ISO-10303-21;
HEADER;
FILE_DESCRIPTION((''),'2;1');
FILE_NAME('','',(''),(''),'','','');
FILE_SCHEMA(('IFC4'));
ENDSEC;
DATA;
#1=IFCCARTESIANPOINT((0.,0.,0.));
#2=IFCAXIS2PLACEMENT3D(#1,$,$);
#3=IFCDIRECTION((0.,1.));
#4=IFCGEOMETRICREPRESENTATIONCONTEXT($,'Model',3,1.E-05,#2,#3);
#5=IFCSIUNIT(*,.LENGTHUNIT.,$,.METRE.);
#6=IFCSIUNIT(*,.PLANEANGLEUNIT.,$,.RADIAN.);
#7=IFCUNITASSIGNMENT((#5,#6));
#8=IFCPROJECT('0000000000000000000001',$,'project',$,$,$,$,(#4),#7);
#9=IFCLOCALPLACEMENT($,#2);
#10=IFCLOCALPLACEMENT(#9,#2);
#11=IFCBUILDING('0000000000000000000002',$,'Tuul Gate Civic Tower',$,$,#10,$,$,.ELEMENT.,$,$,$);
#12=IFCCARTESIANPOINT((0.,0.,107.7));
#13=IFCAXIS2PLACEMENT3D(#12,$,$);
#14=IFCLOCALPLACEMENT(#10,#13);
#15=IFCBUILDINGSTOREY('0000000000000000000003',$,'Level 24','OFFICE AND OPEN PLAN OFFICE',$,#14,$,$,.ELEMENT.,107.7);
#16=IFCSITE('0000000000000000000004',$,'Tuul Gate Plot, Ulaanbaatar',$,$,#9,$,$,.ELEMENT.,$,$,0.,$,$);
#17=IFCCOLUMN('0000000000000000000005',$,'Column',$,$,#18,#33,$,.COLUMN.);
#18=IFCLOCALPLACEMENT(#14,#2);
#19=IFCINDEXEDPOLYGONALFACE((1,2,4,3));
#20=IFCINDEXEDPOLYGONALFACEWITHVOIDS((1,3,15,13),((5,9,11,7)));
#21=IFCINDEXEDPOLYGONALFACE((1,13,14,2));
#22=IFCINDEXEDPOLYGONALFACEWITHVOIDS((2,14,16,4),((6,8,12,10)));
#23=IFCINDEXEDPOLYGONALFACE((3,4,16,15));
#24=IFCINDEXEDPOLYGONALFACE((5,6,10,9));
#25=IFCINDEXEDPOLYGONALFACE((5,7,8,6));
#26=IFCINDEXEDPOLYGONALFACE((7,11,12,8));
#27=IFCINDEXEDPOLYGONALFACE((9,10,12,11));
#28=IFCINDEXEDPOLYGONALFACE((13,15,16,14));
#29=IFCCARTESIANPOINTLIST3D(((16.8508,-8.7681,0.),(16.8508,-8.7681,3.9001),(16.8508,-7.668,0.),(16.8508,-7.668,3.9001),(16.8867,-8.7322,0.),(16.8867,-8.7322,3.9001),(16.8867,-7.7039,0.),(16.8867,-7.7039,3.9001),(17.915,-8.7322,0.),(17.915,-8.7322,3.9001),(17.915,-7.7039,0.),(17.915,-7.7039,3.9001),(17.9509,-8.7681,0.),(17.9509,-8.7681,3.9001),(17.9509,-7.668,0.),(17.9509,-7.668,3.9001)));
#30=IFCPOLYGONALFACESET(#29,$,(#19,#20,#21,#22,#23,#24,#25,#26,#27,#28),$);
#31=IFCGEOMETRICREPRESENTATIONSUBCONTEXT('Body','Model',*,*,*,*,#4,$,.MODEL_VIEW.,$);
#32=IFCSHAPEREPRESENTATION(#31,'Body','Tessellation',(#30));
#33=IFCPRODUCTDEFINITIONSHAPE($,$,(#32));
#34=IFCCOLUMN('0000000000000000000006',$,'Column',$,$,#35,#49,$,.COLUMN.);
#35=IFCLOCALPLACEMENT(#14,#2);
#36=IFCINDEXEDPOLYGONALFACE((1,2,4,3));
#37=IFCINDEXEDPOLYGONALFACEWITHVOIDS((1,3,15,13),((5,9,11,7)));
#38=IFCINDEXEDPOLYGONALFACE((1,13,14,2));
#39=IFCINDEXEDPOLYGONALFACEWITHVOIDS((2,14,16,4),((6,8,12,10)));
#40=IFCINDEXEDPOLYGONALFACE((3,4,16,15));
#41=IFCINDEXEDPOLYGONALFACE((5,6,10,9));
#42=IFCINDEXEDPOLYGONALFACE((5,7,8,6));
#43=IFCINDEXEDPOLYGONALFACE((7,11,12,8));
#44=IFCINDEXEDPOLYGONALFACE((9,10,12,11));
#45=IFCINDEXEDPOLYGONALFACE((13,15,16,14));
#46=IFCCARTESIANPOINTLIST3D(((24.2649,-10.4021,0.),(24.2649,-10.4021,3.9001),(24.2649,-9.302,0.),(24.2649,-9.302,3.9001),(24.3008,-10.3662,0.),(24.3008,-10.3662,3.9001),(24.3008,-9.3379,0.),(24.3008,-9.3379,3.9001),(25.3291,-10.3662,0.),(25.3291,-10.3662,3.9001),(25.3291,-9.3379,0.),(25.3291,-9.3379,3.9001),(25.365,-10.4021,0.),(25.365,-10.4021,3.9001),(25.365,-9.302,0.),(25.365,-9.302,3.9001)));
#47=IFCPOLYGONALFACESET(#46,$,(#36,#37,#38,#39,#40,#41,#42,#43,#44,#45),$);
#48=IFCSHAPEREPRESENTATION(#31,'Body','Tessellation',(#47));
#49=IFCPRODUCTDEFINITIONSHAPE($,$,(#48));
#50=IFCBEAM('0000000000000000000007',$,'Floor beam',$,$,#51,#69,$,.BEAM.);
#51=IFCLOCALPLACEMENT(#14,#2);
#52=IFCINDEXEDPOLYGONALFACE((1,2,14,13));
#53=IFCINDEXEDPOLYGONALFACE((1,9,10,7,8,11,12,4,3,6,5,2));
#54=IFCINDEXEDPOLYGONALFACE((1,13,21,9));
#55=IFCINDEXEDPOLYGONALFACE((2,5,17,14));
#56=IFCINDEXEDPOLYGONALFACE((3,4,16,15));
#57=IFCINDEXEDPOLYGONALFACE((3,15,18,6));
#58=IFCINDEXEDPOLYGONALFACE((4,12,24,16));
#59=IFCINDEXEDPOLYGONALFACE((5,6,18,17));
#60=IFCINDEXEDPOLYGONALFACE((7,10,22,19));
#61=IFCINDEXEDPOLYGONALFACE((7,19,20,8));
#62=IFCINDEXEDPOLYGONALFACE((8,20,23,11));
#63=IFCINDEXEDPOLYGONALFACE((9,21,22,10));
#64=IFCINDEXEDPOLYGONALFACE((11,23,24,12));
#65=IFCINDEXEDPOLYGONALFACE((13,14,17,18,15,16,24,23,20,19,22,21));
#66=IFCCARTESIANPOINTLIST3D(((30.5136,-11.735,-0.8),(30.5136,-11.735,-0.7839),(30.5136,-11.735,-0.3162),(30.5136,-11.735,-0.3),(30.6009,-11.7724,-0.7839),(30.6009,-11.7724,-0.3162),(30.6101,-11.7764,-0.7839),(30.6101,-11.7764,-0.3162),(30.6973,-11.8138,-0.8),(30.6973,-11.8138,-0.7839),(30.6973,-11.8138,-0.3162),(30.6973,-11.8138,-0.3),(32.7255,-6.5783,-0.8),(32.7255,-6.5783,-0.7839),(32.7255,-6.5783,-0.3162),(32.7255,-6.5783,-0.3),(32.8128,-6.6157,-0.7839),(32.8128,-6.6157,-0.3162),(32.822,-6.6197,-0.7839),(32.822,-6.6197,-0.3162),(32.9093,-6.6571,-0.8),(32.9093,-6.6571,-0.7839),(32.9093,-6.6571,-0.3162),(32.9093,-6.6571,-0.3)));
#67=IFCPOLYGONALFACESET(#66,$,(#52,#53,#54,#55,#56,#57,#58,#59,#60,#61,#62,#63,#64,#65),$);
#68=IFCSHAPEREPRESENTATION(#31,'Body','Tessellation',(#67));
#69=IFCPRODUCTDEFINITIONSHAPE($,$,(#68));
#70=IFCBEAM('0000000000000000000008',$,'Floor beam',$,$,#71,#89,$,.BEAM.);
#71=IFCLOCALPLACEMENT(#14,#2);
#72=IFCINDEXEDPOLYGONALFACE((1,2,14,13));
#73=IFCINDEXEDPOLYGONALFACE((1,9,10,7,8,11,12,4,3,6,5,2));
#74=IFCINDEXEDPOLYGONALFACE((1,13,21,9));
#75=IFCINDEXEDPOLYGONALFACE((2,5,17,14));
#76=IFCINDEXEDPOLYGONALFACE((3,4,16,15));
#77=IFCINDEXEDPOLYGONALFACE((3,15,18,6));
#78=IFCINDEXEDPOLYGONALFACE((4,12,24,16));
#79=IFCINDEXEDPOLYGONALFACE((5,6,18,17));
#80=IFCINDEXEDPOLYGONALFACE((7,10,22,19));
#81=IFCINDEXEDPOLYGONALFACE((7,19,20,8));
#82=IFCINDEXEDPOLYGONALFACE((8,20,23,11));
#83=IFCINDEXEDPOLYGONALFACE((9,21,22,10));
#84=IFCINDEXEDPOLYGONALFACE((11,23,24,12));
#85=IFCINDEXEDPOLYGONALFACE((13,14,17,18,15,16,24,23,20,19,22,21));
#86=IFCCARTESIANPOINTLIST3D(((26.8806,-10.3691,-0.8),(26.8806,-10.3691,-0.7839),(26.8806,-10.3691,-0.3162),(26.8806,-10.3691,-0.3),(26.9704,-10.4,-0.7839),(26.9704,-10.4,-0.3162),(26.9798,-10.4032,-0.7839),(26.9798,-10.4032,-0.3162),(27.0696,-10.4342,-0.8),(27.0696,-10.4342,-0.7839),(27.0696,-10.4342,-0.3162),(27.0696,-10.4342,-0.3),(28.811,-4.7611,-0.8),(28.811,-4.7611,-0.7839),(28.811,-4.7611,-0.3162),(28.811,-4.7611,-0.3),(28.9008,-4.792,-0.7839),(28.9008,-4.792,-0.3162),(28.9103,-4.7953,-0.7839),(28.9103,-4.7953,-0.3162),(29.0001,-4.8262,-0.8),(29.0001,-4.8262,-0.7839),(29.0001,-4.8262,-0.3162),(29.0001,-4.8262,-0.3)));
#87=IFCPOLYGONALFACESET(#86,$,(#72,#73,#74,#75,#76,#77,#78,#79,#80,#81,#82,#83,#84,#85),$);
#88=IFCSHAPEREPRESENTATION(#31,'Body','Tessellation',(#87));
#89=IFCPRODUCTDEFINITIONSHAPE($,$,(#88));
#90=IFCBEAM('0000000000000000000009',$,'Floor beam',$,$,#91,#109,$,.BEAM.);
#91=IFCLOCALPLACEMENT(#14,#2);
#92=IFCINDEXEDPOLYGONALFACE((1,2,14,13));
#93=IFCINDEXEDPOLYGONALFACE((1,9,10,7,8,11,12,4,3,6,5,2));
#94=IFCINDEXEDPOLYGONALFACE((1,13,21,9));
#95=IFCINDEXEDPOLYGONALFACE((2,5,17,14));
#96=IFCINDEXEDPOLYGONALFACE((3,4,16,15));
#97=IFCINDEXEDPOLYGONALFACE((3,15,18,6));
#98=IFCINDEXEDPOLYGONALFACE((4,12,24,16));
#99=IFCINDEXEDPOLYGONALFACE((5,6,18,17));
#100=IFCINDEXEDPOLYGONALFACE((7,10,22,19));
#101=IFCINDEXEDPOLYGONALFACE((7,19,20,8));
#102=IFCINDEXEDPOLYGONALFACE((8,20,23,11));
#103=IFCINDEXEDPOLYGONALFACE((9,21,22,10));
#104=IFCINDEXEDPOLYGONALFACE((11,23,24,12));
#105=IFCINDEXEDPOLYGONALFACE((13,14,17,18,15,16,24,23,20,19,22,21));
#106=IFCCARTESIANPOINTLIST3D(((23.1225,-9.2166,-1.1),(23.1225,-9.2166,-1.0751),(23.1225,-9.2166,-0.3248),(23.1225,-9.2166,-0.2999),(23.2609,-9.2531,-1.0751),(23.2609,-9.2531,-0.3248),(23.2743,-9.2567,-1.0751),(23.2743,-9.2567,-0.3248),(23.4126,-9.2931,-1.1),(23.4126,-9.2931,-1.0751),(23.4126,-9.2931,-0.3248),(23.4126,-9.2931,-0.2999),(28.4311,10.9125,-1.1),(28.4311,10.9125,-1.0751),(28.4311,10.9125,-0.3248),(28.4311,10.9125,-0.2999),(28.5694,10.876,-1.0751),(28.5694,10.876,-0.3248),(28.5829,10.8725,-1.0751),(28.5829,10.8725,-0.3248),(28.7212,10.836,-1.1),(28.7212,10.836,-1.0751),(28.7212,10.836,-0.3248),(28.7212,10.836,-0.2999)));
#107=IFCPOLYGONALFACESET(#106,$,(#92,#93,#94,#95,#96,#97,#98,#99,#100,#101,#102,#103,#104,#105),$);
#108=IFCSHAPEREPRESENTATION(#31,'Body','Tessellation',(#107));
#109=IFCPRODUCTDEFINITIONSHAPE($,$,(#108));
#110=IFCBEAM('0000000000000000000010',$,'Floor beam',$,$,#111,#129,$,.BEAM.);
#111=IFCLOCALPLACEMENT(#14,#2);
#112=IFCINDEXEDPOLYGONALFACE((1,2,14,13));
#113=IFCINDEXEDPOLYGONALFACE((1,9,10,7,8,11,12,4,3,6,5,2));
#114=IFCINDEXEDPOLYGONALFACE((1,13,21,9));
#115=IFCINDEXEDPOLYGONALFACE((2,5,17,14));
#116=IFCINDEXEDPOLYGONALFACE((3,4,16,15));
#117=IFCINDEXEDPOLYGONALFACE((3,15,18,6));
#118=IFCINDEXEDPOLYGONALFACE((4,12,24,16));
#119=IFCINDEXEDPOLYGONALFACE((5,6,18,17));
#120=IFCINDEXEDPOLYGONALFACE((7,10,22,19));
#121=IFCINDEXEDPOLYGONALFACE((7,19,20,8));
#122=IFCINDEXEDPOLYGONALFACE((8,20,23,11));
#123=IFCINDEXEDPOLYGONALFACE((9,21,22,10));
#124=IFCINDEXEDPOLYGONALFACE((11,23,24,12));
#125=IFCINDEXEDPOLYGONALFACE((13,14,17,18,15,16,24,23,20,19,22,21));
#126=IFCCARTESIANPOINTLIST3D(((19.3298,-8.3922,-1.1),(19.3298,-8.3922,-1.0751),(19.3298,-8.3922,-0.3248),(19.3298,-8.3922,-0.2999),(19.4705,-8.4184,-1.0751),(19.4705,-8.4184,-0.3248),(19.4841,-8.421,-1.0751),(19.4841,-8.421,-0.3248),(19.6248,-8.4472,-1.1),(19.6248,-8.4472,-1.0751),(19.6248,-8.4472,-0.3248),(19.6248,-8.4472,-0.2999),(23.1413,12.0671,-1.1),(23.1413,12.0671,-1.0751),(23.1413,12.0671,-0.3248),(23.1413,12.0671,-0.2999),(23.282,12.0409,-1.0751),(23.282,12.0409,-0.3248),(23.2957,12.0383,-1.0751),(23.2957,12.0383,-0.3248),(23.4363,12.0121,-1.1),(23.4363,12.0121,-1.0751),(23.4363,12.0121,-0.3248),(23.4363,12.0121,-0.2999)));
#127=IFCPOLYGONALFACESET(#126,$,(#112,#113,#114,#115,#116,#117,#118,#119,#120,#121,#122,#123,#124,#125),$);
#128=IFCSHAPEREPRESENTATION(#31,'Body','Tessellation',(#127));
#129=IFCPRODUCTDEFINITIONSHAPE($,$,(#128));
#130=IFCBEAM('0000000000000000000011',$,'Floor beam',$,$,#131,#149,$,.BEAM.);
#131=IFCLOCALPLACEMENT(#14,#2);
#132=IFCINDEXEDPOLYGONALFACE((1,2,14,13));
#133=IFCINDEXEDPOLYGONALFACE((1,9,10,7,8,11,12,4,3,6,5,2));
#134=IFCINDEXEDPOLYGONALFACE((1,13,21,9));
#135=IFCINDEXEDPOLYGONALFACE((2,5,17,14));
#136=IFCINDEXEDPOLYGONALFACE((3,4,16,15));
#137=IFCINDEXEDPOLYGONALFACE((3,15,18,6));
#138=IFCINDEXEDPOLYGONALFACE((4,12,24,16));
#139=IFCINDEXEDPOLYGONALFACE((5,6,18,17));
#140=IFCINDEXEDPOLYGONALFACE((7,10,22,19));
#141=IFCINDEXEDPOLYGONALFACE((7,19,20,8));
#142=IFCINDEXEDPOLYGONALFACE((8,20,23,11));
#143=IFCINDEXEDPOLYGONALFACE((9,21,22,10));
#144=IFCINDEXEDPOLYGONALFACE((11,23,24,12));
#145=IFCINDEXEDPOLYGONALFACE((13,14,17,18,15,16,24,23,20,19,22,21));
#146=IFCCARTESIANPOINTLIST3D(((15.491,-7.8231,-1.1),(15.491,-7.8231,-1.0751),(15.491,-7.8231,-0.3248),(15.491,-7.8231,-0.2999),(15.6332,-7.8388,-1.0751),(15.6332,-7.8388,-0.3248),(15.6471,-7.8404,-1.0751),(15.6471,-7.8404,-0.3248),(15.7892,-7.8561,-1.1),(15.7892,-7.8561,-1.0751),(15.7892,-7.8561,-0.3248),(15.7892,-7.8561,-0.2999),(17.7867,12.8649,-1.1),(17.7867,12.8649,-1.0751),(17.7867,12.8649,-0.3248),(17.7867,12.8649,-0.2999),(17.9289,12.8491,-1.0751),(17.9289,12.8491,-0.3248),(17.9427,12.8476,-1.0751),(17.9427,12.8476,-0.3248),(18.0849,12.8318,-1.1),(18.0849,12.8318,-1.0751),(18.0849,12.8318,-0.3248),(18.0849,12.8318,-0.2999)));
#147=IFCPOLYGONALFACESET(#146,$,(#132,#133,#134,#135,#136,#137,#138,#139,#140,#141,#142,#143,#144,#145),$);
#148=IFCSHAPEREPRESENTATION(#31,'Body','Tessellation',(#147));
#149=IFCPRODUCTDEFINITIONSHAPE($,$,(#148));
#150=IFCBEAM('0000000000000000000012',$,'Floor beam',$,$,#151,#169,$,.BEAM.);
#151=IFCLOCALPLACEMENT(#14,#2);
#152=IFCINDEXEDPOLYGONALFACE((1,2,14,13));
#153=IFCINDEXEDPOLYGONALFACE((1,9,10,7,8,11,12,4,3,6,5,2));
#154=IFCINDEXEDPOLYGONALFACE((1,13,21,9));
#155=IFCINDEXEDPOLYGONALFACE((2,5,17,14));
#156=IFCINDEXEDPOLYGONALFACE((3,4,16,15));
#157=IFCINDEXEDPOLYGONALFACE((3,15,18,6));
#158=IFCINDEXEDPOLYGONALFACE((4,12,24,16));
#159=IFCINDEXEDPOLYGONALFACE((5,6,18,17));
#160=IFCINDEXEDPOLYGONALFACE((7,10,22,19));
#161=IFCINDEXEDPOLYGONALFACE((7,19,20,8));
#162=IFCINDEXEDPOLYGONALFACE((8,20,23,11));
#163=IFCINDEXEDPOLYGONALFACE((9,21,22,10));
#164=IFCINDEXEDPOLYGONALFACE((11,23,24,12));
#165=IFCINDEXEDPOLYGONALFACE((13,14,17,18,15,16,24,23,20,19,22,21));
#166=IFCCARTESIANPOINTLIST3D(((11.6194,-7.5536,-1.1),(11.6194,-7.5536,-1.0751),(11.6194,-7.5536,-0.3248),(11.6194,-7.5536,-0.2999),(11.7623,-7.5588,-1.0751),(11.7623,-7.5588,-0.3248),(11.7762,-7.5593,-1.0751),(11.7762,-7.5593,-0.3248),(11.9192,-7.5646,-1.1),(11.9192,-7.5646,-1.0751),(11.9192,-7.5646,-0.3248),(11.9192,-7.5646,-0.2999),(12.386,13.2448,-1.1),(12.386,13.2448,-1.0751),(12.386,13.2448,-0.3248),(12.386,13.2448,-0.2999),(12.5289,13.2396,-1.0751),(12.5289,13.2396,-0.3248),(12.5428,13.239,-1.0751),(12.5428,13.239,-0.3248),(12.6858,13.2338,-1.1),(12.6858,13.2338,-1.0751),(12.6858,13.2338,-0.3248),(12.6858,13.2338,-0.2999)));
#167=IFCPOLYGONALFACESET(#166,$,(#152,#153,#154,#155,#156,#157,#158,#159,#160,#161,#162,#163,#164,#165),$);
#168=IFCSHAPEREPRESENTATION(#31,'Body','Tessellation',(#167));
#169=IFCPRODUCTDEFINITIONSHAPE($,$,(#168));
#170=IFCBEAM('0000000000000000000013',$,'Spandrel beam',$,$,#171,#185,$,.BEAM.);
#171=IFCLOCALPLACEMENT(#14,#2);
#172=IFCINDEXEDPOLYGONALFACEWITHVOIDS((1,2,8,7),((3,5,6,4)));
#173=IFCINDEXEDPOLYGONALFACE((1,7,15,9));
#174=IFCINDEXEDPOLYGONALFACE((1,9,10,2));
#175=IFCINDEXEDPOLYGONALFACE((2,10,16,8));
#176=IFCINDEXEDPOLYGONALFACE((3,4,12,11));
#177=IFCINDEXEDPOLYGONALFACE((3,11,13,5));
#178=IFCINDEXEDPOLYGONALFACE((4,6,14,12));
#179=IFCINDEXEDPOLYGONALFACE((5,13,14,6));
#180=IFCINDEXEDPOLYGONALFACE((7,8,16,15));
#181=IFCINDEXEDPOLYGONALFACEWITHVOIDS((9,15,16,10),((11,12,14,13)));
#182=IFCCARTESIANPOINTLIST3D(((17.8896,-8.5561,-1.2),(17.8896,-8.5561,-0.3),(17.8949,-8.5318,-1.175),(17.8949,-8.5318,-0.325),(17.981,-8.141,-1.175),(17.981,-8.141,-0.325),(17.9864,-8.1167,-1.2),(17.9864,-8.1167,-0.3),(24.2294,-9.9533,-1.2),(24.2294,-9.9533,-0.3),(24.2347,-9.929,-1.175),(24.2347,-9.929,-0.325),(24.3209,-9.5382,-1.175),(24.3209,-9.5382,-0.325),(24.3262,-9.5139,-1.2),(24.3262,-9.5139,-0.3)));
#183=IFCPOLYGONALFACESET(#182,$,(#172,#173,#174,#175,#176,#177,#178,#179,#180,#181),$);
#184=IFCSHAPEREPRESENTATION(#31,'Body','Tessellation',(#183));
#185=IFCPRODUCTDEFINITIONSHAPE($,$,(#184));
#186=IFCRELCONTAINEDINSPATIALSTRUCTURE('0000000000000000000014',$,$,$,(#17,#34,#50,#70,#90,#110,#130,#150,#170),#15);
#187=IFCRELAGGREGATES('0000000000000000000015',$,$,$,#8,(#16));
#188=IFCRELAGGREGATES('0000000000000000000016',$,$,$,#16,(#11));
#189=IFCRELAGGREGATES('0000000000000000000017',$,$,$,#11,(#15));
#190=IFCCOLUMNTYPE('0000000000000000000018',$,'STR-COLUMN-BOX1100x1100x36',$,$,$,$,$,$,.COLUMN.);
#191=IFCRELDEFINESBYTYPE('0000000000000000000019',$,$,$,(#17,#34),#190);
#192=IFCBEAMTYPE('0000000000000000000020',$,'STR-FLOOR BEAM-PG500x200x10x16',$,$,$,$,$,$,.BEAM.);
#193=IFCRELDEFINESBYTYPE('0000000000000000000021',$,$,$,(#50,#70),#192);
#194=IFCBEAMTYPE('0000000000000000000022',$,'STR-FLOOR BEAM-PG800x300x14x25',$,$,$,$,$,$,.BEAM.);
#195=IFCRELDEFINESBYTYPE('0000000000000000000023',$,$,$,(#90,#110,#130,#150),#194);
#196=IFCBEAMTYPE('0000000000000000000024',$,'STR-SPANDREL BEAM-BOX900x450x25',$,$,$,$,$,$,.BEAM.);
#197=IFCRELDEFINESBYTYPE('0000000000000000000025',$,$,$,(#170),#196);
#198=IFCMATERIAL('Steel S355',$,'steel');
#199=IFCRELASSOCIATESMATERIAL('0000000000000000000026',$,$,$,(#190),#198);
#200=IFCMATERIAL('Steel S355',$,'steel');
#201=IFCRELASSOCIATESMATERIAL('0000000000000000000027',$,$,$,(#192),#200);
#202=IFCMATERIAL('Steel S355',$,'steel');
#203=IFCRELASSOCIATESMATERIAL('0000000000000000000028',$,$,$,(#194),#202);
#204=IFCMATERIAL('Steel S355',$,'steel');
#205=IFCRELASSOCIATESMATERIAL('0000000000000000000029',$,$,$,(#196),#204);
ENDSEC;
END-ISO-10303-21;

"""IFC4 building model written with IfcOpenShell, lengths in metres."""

from ifc_helpers import new_model, si_unit, direction, frame, origin, origin_2d, place, context, subcontext, project, spatial, hollow_rectangle, i_section, extrude, material, material_profile, profile_set, type_object, element, save


model = new_model("IFC4")

# Units and contexts
model_context = context("Model", 3, precision=1e-05, world=origin(), true_north=direction((0.0, 1.0)))
body_context = subcontext(model_context, "Body", "Model", "MODEL_VIEW")
ifc_project = project(units=[si_unit("LENGTHUNIT", "METRE"), si_unit("PLANEANGLEUNIT", "RADIAN")], contexts=[model_context])

# Site, building, storey
site_placement = place(None, origin())
site = spatial("IfcSite", under=ifc_project, at=site_placement, Name="Tuul Gate Plot, Ulaanbaatar", CompositionType="ELEMENT", RefElevation=0.0)
building_placement = place(site_placement, origin())
building = spatial("IfcBuilding", under=site, at=building_placement, Name="Tuul Gate Civic Tower", CompositionType="ELEMENT")
storey_placement = place(building_placement, frame((0.0, 0.0, 107.7)))
storey = spatial("IfcBuildingStorey", under=building, at=storey_placement, Name="Level 24", Description="OFFICE AND OPEN PLAN OFFICE", CompositionType="ELEMENT", Elevation=107.7)

# Columns
ifc_material_1 = material(Name="Steel S355", Category="steel")
ifc_material_profile_1 = material_profile(ifc_material_1, hollow_rectangle(XDim=1.1001, YDim=1.1001, WallThickness=0.0359, at=origin_2d()), Name="BOX1100x1100x36")
ifc_profile_set_1 = profile_set([ifc_material_profile_1], Name="Steel S355")
column_type = type_object("IfcColumnType", Name="STR-COLUMN-BOX1100x1100x36", PredefinedType="COLUMN", material=ifc_profile_set_1)
for number, where, z_axis, x_axis, name in (
    (1, (17.4009, -8.218, 0.0), (0.0, 0.0, 1.0), (1.0, 0.0, 0.0), "Column"),
    (2, (24.8149, -9.8521, 0.0), (0.0, 0.0, 1.0), (1.0, 0.0, 0.0), "Column"),
):
    element("IfcColumn", number, at=place(storey_placement, frame(where, z_axis=z_axis, x_axis=x_axis)), inside=storey, type_object=column_type, Name=name, PredefinedType="COLUMN", context=body_context, shape_type="SweptSolid", body=[
        extrude(hollow_rectangle(XDim=1.1001, YDim=1.1001, WallThickness=0.0359, at=origin_2d()), origin(), (0.0, 0.0, 1.0), 3.9001),
    ])

# Beams
ifc_material_2 = material(Name="Steel S355", Category="steel")
ifc_material_profile_2 = material_profile(ifc_material_2, i_section(OverallWidth=0.2, OverallDepth=0.5, WebThickness=0.01, FlangeThickness=0.0161, at=origin_2d()), Name="PG500x200x10x16")
ifc_profile_set_2 = profile_set([ifc_material_profile_2], Name="Steel S355")
beam_type_1 = type_object("IfcBeamType", Name="STR-FLOOR BEAM-PG500x200x10x16", PredefinedType="BEAM", material=ifc_profile_set_2)
beam_1_placement = place(storey_placement, frame((30.6055, -11.7744, -0.55), z_axis=(0.394203, 0.919023, 0.0), x_axis=(-0.919023, 0.394203, 0.0)))
element("IfcBeam", 3, at=beam_1_placement, inside=storey, type_object=beam_type_1, Name="Floor beam", PredefinedType="BEAM", context=body_context, shape_type="SweptSolid", body=[
    extrude(i_section(OverallWidth=0.2, OverallDepth=0.5, WebThickness=0.01, FlangeThickness=0.0161, at=origin_2d()), origin(), (0.0, 0.0, 1.0), 5.6111),
])
beam_2_placement = place(storey_placement, frame((26.9751, -10.4016, -0.55), z_axis=(0.325487, 0.945547, 0.0), x_axis=(-0.945547, 0.325487, 0.0)))
element("IfcBeam", 4, at=beam_2_placement, inside=storey, type_object=beam_type_1, Name="Floor beam", PredefinedType="BEAM", context=body_context, shape_type="SweptSolid", body=[
    extrude(i_section(OverallWidth=0.2, OverallDepth=0.5, WebThickness=0.01, FlangeThickness=0.0161, at=origin_2d()), origin(), (0.0, 0.0, 1.0), 5.9309),
])
ifc_material_3 = material(Name="Steel S355", Category="steel")
ifc_material_profile_3 = material_profile(ifc_material_3, i_section(OverallWidth=0.3, OverallDepth=0.8, WebThickness=0.0139, FlangeThickness=0.0249, at=origin_2d()), Name="PG800x300x14x25")
ifc_profile_set_3 = profile_set([ifc_material_profile_3], Name="Steel S355")
beam_type_2 = type_object("IfcBeamType", Name="STR-FLOOR BEAM-PG800x300x14x25", PredefinedType="BEAM", material=ifc_profile_set_3)
beam_3_placement = place(storey_placement, frame((23.2676, -9.2549, -0.7), z_axis=(0.255008, 0.966939, 0.0), x_axis=(-0.966939, 0.255008, 0.0)))
element("IfcBeam", 5, at=beam_3_placement, inside=storey, type_object=beam_type_2, Name="Floor beam", PredefinedType="BEAM", context=body_context, shape_type="SweptSolid", body=[
    extrude(i_section(OverallWidth=0.3, OverallDepth=0.8, WebThickness=0.0139, FlangeThickness=0.0249, at=origin_2d()), origin(), (0.0, 0.0, 1.0), 20.8174),
])
beam_4_placement = place(storey_placement, frame((19.4773, -8.4197, -0.7), z_axis=(0.183147, 0.983085, 0.0), x_axis=(-0.983085, 0.183147, 0.0)))
element("IfcBeam", 6, at=beam_4_placement, inside=storey, type_object=beam_type_2, Name="Floor beam", PredefinedType="BEAM", context=body_context, shape_type="SweptSolid", body=[
    extrude(i_section(OverallWidth=0.3, OverallDepth=0.8, WebThickness=0.0139, FlangeThickness=0.0249, at=origin_2d()), origin(), (0.0, 0.0, 1.0), 20.8113),
])
beam_5_placement = place(storey_placement, frame((15.6401, -7.8396, -0.7), z_axis=(0.110289, 0.9939, 0.0), x_axis=(-0.9939, 0.110289, 0.0)))
element("IfcBeam", 7, at=beam_5_placement, inside=storey, type_object=beam_type_2, Name="Floor beam", PredefinedType="BEAM", context=body_context, shape_type="SweptSolid", body=[
    extrude(i_section(OverallWidth=0.3, OverallDepth=0.8, WebThickness=0.0139, FlangeThickness=0.0249, at=origin_2d()), origin(), (0.0, 0.0, 1.0), 20.8149),
])
beam_6_placement = place(storey_placement, frame((11.7693, -7.5591, -0.7), z_axis=(0.036834, 0.999321, 0.0), x_axis=(-0.999321, 0.036834, 0.0)))
element("IfcBeam", 8, at=beam_6_placement, inside=storey, type_object=beam_type_2, Name="Floor beam", PredefinedType="BEAM", context=body_context, shape_type="SweptSolid", body=[
    extrude(i_section(OverallWidth=0.3, OverallDepth=0.8, WebThickness=0.0139, FlangeThickness=0.0249, at=origin_2d()), origin(), (0.0, 0.0, 1.0), 20.8125),
])
ifc_material_4 = material(Name="Steel S355", Category="steel")
ifc_material_profile_4 = material_profile(ifc_material_4, hollow_rectangle(XDim=0.45, YDim=0.8999, WallThickness=0.0249, at=origin_2d()), Name="BOX900x450x25")
ifc_profile_set_4 = profile_set([ifc_material_profile_4], Name="Steel S355")
beam_type_3 = type_object("IfcBeamType", Name="STR-SPANDREL BEAM-BOX900x450x25", PredefinedType="BEAM", material=ifc_profile_set_4)
beam_7_placement = place(storey_placement, frame((17.938, -8.3364, -0.75), z_axis=(0.976565, -0.215222, 0.0), x_axis=(0.215222, 0.976565, 0.0)))
element("IfcBeam", 9, at=beam_7_placement, inside=storey, type_object=beam_type_3, Name="Spandrel beam", PredefinedType="BEAM", context=body_context, shape_type="SweptSolid", body=[
    extrude(hollow_rectangle(XDim=0.45, YDim=0.8999, WallThickness=0.0249, at=origin_2d()), origin(), (0.0, 0.0, 1.0), 6.4919),
])

save(model, "model.ifc")
